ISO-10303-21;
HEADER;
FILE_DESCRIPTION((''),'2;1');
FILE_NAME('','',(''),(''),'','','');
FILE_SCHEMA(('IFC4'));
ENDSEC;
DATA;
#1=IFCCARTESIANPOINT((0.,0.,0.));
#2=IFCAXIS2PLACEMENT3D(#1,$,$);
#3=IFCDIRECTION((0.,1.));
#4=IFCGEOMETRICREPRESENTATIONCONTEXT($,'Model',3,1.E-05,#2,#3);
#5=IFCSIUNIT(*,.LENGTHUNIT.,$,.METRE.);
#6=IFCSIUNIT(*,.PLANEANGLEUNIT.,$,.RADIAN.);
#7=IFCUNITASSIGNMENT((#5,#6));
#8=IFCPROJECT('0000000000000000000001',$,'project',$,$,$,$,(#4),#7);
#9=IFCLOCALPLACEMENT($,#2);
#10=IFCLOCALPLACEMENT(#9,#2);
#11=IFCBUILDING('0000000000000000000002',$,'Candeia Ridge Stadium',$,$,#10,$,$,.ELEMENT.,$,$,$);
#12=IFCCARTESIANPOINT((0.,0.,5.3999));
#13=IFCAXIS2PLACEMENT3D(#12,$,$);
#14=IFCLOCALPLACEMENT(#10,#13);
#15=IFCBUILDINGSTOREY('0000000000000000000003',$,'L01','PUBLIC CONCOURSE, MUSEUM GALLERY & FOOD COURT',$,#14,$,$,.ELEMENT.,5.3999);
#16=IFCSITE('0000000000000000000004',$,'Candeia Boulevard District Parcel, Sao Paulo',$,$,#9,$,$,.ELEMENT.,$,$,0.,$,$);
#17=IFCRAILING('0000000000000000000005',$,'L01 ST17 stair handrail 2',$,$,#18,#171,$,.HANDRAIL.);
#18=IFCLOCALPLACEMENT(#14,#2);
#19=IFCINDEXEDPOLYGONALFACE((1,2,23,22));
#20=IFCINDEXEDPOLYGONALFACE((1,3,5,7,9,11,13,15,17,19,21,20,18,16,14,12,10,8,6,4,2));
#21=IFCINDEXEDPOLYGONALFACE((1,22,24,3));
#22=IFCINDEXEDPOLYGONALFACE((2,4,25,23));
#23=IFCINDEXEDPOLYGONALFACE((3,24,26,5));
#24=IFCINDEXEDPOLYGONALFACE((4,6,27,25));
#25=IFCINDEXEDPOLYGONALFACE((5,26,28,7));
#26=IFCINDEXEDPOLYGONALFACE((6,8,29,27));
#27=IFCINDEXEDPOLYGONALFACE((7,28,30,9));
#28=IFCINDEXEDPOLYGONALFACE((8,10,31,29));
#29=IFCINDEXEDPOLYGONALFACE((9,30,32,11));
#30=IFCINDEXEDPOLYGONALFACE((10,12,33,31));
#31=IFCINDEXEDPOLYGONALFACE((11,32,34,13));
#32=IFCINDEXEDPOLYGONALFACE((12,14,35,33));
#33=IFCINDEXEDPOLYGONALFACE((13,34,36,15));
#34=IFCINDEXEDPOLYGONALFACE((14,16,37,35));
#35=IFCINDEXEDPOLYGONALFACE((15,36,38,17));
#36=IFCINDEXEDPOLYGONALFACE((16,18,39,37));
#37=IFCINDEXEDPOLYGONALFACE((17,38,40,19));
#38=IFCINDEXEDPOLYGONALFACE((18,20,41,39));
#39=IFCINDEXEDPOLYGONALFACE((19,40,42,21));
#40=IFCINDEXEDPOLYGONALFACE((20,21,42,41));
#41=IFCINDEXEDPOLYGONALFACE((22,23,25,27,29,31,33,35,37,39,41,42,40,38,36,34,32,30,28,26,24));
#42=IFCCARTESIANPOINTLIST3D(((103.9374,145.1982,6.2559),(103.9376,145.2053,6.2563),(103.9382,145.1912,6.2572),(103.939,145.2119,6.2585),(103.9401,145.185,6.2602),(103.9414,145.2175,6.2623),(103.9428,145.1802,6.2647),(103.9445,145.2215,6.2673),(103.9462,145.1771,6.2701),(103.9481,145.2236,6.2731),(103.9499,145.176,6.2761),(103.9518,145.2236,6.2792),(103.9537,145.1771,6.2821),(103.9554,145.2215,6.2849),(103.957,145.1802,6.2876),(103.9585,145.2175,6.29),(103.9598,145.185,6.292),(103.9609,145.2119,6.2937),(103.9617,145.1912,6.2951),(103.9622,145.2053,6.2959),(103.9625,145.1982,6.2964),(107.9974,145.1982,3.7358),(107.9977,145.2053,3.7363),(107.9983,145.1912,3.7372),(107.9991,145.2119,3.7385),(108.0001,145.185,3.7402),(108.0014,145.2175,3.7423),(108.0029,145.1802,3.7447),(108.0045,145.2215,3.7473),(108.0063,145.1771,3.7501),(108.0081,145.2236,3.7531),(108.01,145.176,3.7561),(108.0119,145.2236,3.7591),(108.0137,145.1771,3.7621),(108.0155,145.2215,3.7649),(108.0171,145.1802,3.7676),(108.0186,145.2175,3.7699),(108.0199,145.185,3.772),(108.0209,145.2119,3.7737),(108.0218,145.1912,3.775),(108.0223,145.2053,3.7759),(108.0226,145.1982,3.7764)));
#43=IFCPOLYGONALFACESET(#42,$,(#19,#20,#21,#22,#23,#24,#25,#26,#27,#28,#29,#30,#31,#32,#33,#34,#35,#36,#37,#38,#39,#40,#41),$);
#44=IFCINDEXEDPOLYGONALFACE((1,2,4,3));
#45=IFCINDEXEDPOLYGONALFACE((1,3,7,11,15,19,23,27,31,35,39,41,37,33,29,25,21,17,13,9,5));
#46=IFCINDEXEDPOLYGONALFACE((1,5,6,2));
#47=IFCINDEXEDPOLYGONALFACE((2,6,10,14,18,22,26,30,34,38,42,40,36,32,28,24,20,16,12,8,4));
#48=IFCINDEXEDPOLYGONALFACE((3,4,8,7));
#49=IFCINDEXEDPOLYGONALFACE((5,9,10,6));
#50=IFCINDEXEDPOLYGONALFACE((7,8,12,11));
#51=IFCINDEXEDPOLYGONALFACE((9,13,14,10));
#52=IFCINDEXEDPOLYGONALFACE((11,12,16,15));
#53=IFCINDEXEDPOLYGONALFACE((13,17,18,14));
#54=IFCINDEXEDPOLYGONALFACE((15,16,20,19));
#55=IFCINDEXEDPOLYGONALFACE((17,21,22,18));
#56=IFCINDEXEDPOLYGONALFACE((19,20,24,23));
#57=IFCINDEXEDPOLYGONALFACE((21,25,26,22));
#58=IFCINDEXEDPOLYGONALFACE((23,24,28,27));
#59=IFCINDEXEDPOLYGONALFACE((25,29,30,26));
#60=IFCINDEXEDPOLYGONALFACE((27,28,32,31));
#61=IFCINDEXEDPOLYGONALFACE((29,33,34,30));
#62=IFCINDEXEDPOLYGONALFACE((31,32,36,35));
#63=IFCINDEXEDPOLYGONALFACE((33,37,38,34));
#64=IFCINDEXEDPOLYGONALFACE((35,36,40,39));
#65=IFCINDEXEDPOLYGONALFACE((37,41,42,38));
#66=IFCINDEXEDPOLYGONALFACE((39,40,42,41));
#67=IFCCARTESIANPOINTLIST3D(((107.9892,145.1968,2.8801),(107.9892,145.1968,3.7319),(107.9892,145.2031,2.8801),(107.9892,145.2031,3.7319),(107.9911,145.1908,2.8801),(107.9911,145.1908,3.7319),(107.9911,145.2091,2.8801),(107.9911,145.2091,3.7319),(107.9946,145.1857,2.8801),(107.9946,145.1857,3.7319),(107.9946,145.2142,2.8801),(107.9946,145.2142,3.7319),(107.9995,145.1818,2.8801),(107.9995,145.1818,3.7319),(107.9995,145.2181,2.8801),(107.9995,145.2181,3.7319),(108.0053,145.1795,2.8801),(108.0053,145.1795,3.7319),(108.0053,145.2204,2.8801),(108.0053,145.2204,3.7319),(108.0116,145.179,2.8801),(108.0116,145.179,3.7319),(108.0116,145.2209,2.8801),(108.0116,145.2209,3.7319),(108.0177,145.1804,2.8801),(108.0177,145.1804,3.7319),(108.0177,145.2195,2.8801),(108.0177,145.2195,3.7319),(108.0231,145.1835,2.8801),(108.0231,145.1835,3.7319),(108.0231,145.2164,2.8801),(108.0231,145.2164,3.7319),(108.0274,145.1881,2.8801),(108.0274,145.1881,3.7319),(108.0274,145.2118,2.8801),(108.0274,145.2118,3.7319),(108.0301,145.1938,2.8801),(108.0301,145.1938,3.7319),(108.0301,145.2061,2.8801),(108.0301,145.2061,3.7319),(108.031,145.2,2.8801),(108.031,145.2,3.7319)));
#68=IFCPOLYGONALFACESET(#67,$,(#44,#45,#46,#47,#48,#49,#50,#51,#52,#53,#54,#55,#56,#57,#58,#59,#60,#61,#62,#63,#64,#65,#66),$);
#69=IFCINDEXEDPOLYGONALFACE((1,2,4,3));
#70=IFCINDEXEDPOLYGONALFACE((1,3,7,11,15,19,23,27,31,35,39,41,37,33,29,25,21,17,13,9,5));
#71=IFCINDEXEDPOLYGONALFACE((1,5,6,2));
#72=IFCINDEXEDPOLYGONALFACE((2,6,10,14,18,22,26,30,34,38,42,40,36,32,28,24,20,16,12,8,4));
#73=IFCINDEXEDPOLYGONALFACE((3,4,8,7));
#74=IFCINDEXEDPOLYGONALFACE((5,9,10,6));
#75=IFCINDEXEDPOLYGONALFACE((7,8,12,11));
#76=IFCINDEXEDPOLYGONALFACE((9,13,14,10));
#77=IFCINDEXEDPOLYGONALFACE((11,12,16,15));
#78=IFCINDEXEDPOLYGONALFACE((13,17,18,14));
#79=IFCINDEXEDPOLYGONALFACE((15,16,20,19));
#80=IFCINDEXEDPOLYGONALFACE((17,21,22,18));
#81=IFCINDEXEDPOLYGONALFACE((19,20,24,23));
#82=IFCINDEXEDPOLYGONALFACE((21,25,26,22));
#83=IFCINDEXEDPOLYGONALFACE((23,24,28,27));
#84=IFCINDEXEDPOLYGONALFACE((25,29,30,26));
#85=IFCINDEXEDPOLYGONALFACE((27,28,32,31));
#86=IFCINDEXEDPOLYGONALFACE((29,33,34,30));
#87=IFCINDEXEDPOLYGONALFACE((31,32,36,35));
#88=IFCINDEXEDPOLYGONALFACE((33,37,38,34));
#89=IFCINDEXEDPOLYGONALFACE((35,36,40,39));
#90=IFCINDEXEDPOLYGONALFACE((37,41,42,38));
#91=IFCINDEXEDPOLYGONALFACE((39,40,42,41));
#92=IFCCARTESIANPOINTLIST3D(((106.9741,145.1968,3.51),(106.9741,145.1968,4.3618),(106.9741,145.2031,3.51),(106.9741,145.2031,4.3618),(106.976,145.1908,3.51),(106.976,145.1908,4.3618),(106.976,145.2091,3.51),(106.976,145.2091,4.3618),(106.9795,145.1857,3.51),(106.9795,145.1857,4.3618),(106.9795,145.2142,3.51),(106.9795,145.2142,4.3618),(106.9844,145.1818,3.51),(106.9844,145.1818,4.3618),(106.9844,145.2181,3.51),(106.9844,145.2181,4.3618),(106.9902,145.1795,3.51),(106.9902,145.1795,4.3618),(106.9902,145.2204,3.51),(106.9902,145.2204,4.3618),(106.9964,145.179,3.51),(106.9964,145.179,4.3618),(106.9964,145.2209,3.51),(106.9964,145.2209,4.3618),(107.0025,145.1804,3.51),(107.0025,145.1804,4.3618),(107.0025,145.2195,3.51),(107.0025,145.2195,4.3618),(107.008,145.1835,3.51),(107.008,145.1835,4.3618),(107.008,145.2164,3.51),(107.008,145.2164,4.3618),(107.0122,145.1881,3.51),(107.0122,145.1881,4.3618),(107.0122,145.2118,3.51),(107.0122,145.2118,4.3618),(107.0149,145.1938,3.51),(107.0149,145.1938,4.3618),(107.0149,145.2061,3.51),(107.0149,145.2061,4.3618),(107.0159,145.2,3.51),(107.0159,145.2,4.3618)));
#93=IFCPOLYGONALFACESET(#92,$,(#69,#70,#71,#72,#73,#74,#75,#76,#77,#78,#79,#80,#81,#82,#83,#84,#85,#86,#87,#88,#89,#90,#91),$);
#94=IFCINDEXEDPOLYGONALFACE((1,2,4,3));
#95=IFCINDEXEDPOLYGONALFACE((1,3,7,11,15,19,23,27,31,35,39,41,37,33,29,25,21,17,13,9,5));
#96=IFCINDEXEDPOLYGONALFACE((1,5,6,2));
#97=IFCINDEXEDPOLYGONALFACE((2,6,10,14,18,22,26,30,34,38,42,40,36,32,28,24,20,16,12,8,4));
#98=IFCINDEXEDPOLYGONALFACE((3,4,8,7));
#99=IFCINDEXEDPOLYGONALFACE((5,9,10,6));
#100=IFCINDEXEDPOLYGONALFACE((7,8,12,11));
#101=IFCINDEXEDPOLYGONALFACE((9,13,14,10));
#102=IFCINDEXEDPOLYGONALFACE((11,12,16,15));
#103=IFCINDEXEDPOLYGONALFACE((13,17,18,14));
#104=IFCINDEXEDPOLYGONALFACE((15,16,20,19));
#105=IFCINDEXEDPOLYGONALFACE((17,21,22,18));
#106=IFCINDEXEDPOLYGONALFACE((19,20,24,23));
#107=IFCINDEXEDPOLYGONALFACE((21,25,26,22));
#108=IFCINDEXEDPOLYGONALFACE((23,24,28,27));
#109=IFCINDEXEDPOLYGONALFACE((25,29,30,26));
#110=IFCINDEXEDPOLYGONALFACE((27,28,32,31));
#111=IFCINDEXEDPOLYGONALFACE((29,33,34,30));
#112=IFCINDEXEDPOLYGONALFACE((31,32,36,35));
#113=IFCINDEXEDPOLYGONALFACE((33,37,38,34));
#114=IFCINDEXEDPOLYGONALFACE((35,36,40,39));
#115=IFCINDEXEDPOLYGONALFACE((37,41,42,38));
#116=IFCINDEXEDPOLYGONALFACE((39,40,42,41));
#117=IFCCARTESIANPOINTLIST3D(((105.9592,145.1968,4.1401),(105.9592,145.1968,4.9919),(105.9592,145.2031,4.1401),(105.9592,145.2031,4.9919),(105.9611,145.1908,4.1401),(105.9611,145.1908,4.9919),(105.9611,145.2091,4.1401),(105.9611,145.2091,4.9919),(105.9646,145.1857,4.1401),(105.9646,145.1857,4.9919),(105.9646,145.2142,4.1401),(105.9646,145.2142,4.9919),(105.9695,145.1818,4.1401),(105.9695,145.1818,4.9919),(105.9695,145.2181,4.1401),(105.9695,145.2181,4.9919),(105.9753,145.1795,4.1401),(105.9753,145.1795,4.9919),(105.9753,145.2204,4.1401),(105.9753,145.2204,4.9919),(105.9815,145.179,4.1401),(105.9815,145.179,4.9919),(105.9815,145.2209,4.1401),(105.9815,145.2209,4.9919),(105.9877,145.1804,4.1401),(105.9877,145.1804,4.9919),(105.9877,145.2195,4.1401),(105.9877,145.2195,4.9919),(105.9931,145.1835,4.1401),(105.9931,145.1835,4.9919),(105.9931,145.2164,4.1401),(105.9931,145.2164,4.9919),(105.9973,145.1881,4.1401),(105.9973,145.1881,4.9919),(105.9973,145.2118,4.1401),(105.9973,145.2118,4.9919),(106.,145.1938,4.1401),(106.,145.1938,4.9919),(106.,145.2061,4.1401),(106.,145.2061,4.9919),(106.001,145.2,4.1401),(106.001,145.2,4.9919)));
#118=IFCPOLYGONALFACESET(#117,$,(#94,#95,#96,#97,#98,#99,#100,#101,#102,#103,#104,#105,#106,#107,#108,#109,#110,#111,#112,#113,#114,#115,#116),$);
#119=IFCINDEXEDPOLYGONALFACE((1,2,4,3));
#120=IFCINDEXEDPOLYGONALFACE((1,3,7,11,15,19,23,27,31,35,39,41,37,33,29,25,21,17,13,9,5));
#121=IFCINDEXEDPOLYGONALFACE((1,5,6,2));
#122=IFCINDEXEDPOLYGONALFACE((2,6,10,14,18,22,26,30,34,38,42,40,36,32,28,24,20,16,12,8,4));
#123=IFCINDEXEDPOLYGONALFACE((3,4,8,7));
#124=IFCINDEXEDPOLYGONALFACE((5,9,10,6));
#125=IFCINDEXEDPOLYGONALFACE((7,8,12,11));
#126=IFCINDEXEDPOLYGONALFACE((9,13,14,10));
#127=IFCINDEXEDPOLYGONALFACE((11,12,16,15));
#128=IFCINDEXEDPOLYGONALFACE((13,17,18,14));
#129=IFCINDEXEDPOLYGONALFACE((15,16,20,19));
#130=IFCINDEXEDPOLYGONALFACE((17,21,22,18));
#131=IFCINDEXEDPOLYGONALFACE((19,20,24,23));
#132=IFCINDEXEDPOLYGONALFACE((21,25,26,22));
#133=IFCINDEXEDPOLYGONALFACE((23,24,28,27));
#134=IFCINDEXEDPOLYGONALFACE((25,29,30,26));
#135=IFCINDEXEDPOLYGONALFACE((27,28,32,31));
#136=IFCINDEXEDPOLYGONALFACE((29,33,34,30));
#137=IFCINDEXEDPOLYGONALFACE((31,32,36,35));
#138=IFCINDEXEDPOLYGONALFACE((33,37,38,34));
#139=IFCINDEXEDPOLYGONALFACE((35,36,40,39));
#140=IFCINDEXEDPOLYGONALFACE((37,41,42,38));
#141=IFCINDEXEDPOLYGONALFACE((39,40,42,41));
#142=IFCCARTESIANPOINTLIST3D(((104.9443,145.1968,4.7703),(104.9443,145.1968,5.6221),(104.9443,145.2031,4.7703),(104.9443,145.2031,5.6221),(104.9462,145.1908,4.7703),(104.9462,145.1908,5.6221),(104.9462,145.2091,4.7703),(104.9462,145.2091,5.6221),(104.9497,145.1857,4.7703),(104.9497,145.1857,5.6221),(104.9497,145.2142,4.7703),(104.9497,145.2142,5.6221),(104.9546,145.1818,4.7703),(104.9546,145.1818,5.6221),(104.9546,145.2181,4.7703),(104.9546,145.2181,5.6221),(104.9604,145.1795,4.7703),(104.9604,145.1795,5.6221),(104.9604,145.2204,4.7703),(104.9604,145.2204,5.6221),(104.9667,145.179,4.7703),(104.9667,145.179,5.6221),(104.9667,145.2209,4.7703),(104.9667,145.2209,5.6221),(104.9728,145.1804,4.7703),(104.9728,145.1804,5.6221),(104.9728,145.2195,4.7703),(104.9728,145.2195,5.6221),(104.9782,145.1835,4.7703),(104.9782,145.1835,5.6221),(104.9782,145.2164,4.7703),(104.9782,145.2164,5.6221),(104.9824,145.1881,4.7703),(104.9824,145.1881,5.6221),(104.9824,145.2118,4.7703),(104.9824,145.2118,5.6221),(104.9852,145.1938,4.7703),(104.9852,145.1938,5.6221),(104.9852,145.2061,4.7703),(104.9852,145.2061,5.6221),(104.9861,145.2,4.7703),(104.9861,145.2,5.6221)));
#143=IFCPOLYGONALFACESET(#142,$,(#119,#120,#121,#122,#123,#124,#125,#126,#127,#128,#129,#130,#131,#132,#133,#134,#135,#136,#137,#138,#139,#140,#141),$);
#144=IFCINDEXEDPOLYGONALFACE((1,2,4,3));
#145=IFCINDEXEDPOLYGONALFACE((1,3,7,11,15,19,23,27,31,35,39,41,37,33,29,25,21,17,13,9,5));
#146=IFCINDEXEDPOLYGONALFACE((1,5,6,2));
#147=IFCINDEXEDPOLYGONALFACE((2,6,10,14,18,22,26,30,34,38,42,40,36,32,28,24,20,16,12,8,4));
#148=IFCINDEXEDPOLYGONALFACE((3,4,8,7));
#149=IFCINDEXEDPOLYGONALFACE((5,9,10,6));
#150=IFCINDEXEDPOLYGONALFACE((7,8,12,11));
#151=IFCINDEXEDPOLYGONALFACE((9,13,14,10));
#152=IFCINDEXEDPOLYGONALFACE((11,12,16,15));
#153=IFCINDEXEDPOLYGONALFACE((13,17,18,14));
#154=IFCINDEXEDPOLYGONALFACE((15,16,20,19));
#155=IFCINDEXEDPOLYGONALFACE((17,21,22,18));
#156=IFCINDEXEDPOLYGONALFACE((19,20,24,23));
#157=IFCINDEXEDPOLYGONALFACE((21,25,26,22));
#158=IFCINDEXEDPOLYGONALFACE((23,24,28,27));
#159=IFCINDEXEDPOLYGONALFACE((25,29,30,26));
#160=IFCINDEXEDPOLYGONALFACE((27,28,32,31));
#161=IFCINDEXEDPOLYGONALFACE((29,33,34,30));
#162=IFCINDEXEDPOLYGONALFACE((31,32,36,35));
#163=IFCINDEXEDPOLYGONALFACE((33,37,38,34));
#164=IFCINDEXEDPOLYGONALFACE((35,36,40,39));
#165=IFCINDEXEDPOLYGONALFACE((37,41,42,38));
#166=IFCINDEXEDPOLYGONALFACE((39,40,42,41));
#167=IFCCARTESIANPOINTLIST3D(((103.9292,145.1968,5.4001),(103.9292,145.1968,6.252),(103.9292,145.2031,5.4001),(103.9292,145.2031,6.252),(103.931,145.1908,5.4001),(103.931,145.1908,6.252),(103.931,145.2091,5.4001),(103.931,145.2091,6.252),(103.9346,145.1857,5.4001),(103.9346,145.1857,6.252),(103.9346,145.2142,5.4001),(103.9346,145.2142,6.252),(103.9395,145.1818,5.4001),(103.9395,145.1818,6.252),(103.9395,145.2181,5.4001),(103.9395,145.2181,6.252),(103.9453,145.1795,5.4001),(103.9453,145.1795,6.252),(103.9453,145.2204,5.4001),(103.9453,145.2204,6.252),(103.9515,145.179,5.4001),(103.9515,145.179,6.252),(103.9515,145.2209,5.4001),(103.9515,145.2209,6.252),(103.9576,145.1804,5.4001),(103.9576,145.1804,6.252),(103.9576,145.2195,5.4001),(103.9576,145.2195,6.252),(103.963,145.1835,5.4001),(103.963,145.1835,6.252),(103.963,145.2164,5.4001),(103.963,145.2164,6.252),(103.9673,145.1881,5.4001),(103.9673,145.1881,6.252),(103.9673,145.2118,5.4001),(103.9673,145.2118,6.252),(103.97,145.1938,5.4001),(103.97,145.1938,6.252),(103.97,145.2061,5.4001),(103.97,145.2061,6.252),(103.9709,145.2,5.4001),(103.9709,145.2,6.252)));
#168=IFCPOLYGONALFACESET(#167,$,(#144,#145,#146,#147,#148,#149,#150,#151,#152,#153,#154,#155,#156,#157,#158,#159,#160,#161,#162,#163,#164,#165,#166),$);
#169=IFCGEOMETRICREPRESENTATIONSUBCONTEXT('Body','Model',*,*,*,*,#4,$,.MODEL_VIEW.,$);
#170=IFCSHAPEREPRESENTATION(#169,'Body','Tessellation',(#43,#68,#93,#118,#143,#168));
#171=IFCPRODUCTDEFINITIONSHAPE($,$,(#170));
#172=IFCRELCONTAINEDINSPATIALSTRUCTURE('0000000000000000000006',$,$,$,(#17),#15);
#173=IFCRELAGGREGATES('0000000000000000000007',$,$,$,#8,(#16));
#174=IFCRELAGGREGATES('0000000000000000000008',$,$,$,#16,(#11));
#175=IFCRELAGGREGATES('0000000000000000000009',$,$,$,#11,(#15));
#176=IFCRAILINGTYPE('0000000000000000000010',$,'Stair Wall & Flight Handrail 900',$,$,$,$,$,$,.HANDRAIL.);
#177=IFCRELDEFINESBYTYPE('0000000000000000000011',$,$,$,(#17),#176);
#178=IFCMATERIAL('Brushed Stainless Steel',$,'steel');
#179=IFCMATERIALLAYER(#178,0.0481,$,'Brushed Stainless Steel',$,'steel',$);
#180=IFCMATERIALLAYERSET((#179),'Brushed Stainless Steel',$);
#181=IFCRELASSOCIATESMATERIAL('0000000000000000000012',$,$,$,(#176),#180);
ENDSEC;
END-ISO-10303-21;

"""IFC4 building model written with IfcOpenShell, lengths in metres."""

from ifc_helpers import new_model, si_unit, direction, frame, origin, origin_2d, place, context, subcontext, project, spatial, circle, extrude, material, layer, layer_set, type_object, element, save


model = new_model("IFC4")

# Units and contexts
model_context = context("Model", 3, precision=1e-05, world=origin(), true_north=direction((0.0, 1.0)))
body_context = subcontext(model_context, "Body", "Model", "MODEL_VIEW")
ifc_project = project(units=[si_unit("LENGTHUNIT", "METRE"), si_unit("PLANEANGLEUNIT", "RADIAN")], contexts=[model_context])

# Site, building, storey
site_placement = place(None, origin())
site = spatial("IfcSite", under=ifc_project, at=site_placement, Name="Candeia Boulevard District Parcel, Sao Paulo", CompositionType="ELEMENT", RefElevation=0.0)
building_placement = place(site_placement, origin())
building = spatial("IfcBuilding", under=site, at=building_placement, Name="Candeia Ridge Stadium", CompositionType="ELEMENT")
storey_placement = place(building_placement, frame((0.0, 0.0, 5.3999)))
storey = spatial("IfcBuildingStorey", under=building, at=storey_placement, Name="L01", Description="PUBLIC CONCOURSE, MUSEUM GALLERY & FOOD COURT", CompositionType="ELEMENT", Elevation=5.3999)

# Railing
ifc_material_1 = material(Name="Brushed Stainless Steel", Category="steel")
ifc_layer_1 = layer(ifc_material_1, 0.0481, Name="Brushed Stainless Steel", Category="steel")
ifc_layer_set_1 = layer_set([ifc_layer_1], Name="Brushed Stainless Steel")
railing_type_1 = type_object("IfcRailingType", Name="Stair Wall & Flight Handrail 900", PredefinedType="HANDRAIL", material=ifc_layer_set_1)
railing_1_placement = place(storey_placement, frame((108.01, 145.2, 2.8801)))
element("IfcRailing", 1, at=railing_1_placement, inside=storey, type_object=railing_type_1, Name="L01 ST17 stair handrail 2", PredefinedType="HANDRAIL", context=body_context, shape_type="SweptSolid", body=[
    extrude(circle(Radius=0.0239, at=origin_2d()), frame((0.0, 0.0, 0.876), z_axis=(-0.849642, 0.0, 0.52736), x_axis=(0.0, -1.0, 0.0)), (0.0, 0.0, 1.0), 4.7786),
    extrude(circle(Radius=0.021, at=origin_2d()), origin(), (0.0, 0.0, 1.0), 0.8518),
    extrude(circle(Radius=0.021, at=origin_2d()), frame((-1.0151, 0.0, 0.6299)), (0.0, 0.0, 1.0), 0.8518),
    extrude(circle(Radius=0.021, at=origin_2d()), frame((-2.03, 0.0, 1.26)), (0.0, 0.0, 1.0), 0.8518),
    extrude(circle(Radius=0.021, at=origin_2d()), frame((-3.0449, 0.0, 1.8901)), (0.0, 0.0, 1.0), 0.8518),
    extrude(circle(Radius=0.021, at=origin_2d()), frame((-4.0601, 0.0, 2.52)), (0.0, 0.0, 1.0), 0.8518),
])

save(model, "model.ifc")
